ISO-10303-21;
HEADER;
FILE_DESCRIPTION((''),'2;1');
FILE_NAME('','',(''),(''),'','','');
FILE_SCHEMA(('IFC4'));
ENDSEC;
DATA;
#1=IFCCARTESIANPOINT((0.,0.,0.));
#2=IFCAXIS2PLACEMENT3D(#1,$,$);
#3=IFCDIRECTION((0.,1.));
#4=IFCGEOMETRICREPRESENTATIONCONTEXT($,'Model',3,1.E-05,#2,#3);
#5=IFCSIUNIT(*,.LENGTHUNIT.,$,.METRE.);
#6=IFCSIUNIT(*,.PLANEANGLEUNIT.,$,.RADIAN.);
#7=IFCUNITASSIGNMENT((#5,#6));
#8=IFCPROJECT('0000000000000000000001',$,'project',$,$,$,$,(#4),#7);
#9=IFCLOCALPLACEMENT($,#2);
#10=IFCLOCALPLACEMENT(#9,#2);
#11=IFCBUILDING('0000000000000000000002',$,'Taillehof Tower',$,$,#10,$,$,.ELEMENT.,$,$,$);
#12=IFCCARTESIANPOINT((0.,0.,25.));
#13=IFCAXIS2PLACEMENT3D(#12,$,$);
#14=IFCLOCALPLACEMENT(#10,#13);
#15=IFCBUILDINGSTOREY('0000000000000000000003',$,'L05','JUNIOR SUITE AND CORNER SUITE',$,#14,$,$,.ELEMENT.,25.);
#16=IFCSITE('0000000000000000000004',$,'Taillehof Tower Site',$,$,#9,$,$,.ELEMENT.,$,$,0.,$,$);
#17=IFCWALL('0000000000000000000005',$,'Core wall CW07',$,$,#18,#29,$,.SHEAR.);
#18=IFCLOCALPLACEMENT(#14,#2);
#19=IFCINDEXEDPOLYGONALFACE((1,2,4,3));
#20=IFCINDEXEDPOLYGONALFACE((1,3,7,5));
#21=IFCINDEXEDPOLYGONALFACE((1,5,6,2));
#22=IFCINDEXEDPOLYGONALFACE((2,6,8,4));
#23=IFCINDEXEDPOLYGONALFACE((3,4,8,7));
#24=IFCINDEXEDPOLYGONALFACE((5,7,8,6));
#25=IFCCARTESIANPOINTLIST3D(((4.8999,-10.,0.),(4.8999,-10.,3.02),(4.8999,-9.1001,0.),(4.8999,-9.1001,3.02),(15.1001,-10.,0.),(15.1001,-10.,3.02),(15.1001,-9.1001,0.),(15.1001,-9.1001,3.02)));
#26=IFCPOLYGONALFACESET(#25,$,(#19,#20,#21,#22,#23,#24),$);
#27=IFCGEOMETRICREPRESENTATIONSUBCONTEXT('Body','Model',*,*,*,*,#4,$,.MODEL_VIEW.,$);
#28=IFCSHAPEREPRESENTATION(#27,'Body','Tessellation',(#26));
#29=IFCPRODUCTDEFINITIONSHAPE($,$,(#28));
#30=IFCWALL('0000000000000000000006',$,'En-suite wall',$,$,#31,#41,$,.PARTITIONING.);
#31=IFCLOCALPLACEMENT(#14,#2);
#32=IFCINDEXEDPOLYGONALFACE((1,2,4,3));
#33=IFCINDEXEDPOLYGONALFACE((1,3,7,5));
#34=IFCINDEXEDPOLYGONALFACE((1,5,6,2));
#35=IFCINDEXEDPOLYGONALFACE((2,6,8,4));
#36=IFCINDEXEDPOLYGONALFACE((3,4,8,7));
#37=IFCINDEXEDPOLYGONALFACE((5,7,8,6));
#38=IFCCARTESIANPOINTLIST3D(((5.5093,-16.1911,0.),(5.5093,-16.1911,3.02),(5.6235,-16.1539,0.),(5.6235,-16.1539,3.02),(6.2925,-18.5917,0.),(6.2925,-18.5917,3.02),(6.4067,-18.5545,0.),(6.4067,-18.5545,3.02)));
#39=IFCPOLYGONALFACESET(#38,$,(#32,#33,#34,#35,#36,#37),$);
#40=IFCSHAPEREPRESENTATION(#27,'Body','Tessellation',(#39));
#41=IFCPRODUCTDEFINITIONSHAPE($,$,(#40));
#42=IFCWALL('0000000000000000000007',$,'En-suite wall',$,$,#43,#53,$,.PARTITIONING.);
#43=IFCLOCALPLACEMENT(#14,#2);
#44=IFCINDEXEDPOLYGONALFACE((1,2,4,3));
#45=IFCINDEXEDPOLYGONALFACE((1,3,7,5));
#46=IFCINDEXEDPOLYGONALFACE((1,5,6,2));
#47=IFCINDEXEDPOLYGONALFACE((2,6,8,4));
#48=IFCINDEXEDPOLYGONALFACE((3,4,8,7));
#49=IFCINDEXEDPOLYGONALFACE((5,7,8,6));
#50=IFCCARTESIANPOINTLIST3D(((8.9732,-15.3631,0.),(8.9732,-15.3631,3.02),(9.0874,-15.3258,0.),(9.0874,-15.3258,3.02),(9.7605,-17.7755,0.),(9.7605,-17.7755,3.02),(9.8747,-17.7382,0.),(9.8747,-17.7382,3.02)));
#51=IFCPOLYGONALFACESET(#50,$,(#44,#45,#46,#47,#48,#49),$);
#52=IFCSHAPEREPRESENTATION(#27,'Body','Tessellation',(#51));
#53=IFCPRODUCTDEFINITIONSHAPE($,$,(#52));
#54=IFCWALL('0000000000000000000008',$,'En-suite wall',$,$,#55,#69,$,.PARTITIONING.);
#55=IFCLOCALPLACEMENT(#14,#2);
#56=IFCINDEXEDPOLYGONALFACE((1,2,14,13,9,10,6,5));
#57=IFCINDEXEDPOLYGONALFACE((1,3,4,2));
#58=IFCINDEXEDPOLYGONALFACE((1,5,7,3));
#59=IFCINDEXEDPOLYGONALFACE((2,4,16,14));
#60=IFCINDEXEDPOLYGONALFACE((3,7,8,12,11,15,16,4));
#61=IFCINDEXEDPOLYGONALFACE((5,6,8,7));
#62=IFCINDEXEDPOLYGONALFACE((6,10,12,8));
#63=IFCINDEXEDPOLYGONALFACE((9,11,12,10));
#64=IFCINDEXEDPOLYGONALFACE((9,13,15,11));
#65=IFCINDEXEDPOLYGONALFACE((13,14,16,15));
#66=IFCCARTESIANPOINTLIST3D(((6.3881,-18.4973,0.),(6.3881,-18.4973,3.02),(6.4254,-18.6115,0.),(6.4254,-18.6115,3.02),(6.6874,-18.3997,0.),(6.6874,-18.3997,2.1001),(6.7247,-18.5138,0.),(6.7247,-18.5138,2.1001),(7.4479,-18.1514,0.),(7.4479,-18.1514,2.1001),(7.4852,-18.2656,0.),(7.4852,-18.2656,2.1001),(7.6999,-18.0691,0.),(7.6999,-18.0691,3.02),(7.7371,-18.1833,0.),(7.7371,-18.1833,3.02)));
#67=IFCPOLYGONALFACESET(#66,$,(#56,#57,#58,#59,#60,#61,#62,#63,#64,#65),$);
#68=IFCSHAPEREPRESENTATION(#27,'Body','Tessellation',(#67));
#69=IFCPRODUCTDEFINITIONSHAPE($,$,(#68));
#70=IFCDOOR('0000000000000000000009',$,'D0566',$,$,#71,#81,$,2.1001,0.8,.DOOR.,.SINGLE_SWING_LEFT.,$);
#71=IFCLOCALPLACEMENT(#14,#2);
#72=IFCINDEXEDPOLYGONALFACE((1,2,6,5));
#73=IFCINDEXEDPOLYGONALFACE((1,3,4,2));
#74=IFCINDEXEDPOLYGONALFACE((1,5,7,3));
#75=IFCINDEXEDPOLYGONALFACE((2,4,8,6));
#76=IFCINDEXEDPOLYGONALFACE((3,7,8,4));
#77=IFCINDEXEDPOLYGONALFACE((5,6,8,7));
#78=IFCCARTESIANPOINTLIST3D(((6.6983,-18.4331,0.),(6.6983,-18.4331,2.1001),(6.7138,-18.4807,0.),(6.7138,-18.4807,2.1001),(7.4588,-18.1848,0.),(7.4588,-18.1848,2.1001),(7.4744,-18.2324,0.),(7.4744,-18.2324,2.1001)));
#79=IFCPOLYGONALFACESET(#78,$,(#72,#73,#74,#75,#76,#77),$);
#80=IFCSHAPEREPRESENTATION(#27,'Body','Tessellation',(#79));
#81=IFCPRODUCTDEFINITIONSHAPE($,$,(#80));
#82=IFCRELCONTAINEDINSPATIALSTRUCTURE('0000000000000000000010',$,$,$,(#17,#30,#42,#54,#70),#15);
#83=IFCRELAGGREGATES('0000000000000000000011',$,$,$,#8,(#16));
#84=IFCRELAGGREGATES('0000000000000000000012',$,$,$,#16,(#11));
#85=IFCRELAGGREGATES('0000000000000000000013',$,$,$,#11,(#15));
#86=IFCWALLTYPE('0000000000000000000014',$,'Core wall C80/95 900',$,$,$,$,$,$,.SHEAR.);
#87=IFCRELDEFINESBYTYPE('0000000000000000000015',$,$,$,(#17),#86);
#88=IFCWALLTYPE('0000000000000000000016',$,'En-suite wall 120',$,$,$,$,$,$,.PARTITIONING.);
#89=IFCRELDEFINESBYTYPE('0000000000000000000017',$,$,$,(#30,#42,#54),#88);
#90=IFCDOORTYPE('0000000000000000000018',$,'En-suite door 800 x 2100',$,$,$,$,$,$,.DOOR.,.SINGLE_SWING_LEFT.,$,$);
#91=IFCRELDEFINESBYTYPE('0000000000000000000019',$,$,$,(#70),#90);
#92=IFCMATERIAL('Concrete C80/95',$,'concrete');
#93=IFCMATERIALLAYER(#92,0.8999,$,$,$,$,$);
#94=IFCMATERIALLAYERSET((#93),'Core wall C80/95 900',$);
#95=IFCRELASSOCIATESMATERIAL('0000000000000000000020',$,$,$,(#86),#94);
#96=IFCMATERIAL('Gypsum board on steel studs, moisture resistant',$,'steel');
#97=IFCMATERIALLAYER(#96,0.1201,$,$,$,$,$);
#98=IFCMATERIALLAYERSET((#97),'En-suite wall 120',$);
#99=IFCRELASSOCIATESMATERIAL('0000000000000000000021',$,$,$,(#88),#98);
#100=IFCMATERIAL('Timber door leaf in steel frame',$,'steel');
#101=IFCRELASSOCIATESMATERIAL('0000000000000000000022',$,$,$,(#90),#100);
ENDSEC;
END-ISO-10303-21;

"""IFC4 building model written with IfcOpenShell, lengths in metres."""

from ifc_helpers import new_model, si_unit, direction, frame, frame_2d, origin, place, context, subcontext, project, spatial, rectangle, extrude, material, layer, layer_set, type_object, element, fill, save


model = new_model("IFC4")

# Units and contexts
model_context = context("Model", 3, precision=1e-05, world=origin(), true_north=direction((0.0, 1.0)))
body_context = subcontext(model_context, "Body", "Model", "MODEL_VIEW")
ifc_project = project(units=[si_unit("LENGTHUNIT", "METRE"), si_unit("PLANEANGLEUNIT", "RADIAN")], contexts=[model_context])

# Site, building, storey
site_placement = place(None, origin())
site = spatial("IfcSite", under=ifc_project, at=site_placement, Name="Taillehof Tower Site", CompositionType="ELEMENT", RefElevation=0.0)
building_placement = place(site_placement, origin())
building = spatial("IfcBuilding", under=site, at=building_placement, Name="Taillehof Tower", CompositionType="ELEMENT")
storey_placement = place(building_placement, frame((0.0, 0.0, 25.0)))
storey = spatial("IfcBuildingStorey", under=building, at=storey_placement, Name="L05", Description="JUNIOR SUITE AND CORNER SUITE", CompositionType="ELEMENT", Elevation=25.0)

# Shared definitions
ifc_material_1 = material(Name="Concrete C80/95", Category="concrete")
ifc_layer_1 = layer(ifc_material_1, 0.8999)
ifc_layer_set_1 = layer_set([ifc_layer_1], Name="Core wall C80/95 900")
wall_type_1 = type_object("IfcWallType", Name="Core wall C80/95 900", PredefinedType="SHEAR", material=ifc_layer_set_1)

# Walls
wall_1_placement = place(storey_placement, frame((4.8999, -9.55, 0.0), z_axis=(0.0, 0.0, 1.0), x_axis=(1.0, 0.0, 0.0)))
element("IfcWall", 1, at=wall_1_placement, inside=storey, type_object=wall_type_1, Name="Core wall CW07", PredefinedType="SHEAR", context=body_context, shape_type="SweptSolid", body=[
    extrude(rectangle(XDim=10.2002, YDim=0.8999, at=frame_2d((5.1001, 0.0))), origin(), (0.0, 0.0, 1.0), 3.02),
])
ifc_material_2 = material(Name="Gypsum board on steel studs, moisture resistant", Category="steel")
ifc_layer_2 = layer(ifc_material_2, 0.1201)
ifc_layer_set_2 = layer_set([ifc_layer_2], Name="En-suite wall 120")
wall_type_2 = type_object("IfcWallType", Name="En-suite wall 120", PredefinedType="PARTITIONING", material=ifc_layer_set_2)
wall_2_placement = place(storey_placement, frame((5.5664, -16.1724, 0.0), z_axis=(0.0, 0.0, 1.0), x_axis=(0.310159, -0.950685, 0.0)))
element("IfcWall", 2, at=wall_2_placement, inside=storey, type_object=wall_type_2, Name="En-suite wall", PredefinedType="PARTITIONING", context=body_context, shape_type="SweptSolid", body=[
    extrude(rectangle(XDim=2.5251, YDim=0.1201, at=frame_2d((1.2627, 0.0))), origin(), (0.0, 0.0, 1.0), 3.02),
])
wall_3_placement = place(storey_placement, frame((9.0303, -15.3445, 0.0), z_axis=(0.0, 0.0, 1.0), x_axis=(0.310276, -0.950647, 0.0)))
element("IfcWall", 3, at=wall_3_placement, inside=storey, type_object=wall_type_2, Name="En-suite wall", PredefinedType="PARTITIONING", context=body_context, shape_type="SweptSolid", body=[
    extrude(rectangle(XDim=2.5376, YDim=0.1201, at=frame_2d((1.2688, 0.0))), origin(), (0.0, 0.0, 1.0), 3.02),
])

# Wall, opening, door
wall_4_placement = place(storey_placement, frame((6.4067, -18.5544, 0.0), z_axis=(0.0, 0.0, 1.0), x_axis=(0.950629, 0.31033, 0.0)))
wall_4 = element("IfcWall", 4, at=wall_4_placement, inside=storey, type_object=wall_type_2, Name="En-suite wall", PredefinedType="PARTITIONING", context=body_context, shape_type="SweptSolid", body=[
    extrude(rectangle(XDim=1.3799, YDim=0.1201, at=frame_2d((0.6899, 0.0))), origin(), (0.0, 0.0, 1.0), 3.02),
])
opening_1_placement = place(wall_4_placement, frame((0.3149, 0.0, 0.0)))
opening_1 = element("IfcOpeningElement", 5, at=opening_1_placement, cuts=wall_4, PredefinedType="OPENING", context=body_context, shape_type="SweptSolid", body=[
    extrude(rectangle(XDim=0.8, YDim=2.1001, at=frame_2d((0.3999, 1.05))), frame((0.0, 0.0701, 0.0), z_axis=(0.0, -1.0, 0.0), x_axis=(1.0, 0.0, 0.0)), (0.0, 0.0, 1.0), 0.1401),
])
ifc_material_3 = material(Name="Timber door leaf in steel frame", Category="steel")
door_type_1 = type_object("IfcDoorType", Name="En-suite door 800 x 2100", OperationType="SINGLE_SWING_LEFT", PredefinedType="DOOR", material=ifc_material_3)
door_1_placement = place(opening_1_placement, origin())
door_1 = element("IfcDoor", 6, at=door_1_placement, inside=storey, type_object=door_type_1, Name="D0566", OperationType="SINGLE_SWING_LEFT", OverallHeight=2.1001, OverallWidth=0.8, PredefinedType="DOOR", context=body_context, shape_type="SweptSolid", body=[
    extrude(rectangle(XDim=0.8, YDim=2.1001, at=frame_2d((0.3999, 1.05))), frame((0.0, 0.0249, 0.0), z_axis=(0.0, -1.0, 0.0), x_axis=(1.0, 0.0, 0.0)), (0.0, 0.0, 1.0), 0.05),
])
fill(opening_1, door_1)

save(model, "model.ifc")
